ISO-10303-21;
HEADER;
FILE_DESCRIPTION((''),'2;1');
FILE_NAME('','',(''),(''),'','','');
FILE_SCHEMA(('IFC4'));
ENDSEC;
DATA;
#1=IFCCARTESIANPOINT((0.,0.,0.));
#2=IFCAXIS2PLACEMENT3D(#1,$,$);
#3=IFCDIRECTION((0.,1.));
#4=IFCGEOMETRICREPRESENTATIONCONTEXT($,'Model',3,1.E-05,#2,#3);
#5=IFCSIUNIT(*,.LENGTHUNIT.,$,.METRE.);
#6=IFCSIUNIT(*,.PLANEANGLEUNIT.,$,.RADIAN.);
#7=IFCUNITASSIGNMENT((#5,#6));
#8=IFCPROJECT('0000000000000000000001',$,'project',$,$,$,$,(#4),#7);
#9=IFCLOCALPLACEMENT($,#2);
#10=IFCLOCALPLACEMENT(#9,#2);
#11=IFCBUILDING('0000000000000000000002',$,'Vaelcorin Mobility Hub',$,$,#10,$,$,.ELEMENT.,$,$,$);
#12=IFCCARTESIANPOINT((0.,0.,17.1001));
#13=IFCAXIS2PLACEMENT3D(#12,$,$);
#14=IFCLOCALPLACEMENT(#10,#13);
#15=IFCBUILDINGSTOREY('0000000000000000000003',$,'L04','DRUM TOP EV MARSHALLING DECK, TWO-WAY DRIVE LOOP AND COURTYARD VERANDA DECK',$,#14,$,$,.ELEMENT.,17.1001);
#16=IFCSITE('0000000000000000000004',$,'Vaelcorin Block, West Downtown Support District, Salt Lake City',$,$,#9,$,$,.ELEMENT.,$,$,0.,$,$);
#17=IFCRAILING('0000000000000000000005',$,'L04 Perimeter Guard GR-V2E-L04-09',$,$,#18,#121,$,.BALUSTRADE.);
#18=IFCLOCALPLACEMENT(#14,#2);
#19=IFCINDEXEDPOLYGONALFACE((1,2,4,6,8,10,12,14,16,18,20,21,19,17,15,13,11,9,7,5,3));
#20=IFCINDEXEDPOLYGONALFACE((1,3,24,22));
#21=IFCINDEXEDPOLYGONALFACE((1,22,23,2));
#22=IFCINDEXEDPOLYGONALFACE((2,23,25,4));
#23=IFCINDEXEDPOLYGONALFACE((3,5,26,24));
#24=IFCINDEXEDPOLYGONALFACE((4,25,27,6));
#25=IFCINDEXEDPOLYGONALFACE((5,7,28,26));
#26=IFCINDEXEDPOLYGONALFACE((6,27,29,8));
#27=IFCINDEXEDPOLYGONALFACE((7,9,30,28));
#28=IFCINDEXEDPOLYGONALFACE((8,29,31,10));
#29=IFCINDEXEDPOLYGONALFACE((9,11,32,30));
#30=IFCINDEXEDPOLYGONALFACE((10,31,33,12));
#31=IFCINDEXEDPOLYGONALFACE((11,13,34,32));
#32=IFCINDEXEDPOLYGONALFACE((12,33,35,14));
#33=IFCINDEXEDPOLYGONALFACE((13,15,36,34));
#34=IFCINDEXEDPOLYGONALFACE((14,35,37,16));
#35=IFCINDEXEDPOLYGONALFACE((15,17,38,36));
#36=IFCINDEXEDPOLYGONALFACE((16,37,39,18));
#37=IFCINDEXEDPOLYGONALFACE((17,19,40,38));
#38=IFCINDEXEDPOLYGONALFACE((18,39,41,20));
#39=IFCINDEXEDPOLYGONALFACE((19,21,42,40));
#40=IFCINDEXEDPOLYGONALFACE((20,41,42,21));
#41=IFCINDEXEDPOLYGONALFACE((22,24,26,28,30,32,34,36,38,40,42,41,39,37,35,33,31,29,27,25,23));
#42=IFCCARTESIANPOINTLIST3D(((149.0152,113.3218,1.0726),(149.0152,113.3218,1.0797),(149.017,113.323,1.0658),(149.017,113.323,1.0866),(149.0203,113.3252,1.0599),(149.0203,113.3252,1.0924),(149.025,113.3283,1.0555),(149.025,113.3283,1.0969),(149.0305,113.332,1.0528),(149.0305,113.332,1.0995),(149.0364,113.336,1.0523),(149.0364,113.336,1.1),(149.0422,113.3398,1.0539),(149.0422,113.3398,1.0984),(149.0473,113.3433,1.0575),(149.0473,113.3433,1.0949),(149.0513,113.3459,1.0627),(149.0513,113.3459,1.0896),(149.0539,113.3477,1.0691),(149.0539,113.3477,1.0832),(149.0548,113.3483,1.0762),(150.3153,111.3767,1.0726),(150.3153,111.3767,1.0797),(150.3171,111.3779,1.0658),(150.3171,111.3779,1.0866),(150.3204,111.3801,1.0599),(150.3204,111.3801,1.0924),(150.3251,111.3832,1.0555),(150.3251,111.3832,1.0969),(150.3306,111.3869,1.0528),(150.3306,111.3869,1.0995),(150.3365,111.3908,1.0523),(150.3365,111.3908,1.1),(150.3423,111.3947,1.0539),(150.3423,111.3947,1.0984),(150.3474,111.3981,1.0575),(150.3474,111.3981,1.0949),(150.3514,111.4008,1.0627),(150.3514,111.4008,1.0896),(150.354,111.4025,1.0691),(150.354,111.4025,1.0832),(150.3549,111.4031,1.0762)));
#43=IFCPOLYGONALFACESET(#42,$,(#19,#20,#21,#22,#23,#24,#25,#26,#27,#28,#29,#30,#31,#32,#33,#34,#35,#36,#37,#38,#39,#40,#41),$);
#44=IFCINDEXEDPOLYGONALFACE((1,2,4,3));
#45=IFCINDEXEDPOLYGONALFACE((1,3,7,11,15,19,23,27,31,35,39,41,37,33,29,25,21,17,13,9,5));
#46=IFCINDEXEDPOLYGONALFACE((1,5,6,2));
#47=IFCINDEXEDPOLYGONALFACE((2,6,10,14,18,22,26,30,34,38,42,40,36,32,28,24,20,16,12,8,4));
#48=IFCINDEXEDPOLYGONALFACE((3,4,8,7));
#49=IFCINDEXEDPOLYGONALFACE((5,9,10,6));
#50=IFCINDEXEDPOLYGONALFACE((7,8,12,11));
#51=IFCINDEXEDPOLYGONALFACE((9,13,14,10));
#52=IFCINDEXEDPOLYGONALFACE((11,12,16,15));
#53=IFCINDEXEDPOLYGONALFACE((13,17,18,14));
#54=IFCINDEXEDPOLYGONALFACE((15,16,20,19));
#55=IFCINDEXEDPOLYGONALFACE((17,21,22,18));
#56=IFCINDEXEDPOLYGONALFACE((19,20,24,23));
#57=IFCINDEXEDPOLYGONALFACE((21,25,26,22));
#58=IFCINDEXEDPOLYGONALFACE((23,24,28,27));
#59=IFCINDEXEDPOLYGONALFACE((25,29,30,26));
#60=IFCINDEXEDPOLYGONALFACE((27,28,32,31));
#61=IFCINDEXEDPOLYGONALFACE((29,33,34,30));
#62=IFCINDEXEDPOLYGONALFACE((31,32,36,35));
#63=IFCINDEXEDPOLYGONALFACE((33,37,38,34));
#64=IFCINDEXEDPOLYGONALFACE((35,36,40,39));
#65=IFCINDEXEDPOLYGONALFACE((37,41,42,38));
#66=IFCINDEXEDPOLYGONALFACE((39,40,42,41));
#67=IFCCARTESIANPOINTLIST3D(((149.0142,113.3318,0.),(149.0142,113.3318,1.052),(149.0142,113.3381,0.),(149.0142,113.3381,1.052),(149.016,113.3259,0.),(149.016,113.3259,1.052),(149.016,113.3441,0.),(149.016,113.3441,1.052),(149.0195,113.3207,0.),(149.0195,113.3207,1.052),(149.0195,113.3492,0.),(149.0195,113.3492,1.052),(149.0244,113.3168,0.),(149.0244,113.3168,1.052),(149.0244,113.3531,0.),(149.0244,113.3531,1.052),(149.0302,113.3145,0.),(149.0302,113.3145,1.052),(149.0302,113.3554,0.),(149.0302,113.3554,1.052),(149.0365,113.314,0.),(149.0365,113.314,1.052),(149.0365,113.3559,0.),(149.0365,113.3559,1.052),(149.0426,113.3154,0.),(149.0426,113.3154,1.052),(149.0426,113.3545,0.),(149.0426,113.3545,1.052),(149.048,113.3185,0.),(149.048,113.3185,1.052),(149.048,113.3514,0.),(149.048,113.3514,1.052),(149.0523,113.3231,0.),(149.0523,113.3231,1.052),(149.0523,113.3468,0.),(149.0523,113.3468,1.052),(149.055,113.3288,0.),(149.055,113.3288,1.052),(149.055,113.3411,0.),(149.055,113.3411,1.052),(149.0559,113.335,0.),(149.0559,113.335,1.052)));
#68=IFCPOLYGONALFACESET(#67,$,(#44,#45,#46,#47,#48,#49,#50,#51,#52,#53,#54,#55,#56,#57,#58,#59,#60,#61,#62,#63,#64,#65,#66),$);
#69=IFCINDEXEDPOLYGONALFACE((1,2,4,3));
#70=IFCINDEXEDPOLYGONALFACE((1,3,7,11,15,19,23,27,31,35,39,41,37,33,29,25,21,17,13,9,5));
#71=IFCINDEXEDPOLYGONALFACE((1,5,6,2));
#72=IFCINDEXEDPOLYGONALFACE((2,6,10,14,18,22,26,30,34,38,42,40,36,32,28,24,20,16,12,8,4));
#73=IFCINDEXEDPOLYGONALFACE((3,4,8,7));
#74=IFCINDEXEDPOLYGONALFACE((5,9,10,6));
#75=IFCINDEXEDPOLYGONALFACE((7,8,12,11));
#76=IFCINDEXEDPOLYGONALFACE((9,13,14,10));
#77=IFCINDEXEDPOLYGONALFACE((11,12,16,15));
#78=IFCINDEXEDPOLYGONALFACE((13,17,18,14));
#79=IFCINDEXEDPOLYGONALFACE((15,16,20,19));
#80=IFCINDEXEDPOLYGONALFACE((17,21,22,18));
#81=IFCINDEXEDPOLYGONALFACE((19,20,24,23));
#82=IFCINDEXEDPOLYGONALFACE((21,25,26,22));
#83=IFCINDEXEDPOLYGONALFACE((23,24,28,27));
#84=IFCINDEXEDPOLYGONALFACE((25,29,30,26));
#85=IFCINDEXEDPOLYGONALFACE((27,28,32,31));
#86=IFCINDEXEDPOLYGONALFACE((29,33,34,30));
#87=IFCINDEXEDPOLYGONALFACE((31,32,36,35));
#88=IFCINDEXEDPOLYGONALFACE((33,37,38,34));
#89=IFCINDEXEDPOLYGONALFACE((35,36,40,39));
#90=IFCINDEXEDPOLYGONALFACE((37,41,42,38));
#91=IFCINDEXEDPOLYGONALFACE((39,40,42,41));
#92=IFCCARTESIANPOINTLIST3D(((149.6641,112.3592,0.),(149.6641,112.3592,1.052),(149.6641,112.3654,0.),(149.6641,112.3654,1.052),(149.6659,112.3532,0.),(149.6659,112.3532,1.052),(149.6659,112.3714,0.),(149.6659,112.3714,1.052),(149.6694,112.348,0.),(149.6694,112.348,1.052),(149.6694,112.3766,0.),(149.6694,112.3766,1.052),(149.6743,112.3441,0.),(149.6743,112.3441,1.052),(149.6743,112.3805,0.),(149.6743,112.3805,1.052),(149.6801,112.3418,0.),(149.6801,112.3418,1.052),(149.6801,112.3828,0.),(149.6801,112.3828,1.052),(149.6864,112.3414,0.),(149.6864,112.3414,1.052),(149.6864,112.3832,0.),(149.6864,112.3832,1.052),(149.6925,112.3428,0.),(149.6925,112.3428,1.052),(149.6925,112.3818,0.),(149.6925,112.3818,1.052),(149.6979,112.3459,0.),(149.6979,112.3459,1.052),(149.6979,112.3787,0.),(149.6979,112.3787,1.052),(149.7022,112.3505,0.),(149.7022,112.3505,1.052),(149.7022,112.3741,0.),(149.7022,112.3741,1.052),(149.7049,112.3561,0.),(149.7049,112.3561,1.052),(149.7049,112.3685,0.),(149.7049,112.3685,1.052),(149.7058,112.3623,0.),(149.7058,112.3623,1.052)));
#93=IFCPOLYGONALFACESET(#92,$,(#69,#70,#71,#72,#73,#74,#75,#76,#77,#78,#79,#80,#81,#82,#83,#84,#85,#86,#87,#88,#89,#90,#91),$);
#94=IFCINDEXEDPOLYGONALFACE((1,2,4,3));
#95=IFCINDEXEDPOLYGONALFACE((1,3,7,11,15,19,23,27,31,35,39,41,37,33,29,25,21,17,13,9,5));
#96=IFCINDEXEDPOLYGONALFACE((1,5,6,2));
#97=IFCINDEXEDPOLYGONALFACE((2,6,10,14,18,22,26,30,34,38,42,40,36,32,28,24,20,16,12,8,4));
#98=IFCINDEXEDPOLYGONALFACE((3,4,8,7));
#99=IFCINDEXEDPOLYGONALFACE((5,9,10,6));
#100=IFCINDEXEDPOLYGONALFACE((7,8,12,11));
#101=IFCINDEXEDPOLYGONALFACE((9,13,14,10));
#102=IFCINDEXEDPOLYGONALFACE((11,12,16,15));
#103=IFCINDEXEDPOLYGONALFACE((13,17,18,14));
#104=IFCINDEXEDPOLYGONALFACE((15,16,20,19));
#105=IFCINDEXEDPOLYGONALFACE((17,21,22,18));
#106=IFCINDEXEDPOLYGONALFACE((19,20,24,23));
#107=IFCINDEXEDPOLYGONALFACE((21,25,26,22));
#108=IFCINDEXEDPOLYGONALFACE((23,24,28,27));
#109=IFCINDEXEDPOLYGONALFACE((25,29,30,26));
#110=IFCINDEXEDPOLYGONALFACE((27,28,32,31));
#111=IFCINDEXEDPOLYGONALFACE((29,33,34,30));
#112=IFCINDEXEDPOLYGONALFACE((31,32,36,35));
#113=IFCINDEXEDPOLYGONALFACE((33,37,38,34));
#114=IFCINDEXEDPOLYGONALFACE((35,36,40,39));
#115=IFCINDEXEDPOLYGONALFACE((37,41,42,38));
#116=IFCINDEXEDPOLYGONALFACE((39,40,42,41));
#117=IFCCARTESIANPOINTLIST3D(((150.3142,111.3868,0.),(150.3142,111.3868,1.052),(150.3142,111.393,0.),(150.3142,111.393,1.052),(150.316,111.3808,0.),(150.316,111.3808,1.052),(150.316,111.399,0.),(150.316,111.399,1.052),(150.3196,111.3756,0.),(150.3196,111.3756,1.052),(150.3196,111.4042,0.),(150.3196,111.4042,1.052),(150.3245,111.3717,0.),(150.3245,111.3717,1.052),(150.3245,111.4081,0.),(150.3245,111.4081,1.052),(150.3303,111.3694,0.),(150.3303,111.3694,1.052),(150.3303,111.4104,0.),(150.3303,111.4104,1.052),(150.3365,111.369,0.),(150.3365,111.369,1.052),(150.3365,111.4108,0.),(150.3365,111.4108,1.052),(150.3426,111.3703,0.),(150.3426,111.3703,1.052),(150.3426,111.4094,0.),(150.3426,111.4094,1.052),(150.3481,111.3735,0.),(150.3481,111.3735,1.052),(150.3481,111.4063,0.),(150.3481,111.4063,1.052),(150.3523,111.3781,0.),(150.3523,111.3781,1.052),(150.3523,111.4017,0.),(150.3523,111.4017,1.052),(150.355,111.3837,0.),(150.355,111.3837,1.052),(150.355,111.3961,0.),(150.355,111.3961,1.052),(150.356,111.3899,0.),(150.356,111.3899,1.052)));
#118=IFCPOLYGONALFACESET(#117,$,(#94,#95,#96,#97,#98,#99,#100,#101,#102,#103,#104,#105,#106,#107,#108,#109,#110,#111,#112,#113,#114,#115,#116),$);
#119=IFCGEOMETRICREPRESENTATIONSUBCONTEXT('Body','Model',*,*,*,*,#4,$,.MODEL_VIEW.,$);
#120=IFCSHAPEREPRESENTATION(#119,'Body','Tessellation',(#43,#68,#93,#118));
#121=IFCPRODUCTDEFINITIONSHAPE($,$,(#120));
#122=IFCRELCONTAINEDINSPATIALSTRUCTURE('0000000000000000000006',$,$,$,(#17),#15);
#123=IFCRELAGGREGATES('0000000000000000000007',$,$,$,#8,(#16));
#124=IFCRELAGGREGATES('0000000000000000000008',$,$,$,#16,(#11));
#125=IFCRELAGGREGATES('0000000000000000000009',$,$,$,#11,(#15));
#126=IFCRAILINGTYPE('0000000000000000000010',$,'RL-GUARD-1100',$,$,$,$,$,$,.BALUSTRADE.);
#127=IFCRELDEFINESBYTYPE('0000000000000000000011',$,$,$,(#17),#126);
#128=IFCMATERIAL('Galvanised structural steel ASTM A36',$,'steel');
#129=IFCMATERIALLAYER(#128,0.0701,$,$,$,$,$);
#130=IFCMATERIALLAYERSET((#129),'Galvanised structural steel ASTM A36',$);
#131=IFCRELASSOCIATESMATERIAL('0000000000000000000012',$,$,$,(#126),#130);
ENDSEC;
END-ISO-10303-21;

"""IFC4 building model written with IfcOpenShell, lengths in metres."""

from ifc_helpers import new_model, si_unit, direction, frame, origin, origin_2d, place, context, subcontext, project, spatial, circle, extrude, material, layer, layer_set, type_object, element, save


model = new_model("IFC4")

# Units and contexts
model_context = context("Model", 3, precision=1e-05, world=origin(), true_north=direction((0.0, 1.0)))
body_context = subcontext(model_context, "Body", "Model", "MODEL_VIEW")
ifc_project = project(units=[si_unit("LENGTHUNIT", "METRE"), si_unit("PLANEANGLEUNIT", "RADIAN")], contexts=[model_context])

# Site, building, storey
site_placement = place(None, origin())
site = spatial("IfcSite", under=ifc_project, at=site_placement, Name="Vaelcorin Block, West Downtown Support District, Salt Lake City", CompositionType="ELEMENT", RefElevation=0.0)
building_placement = place(site_placement, origin())
building = spatial("IfcBuilding", under=site, at=building_placement, Name="Vaelcorin Mobility Hub", CompositionType="ELEMENT")
storey_placement = place(building_placement, frame((0.0, 0.0, 17.1001)))
storey = spatial("IfcBuildingStorey", under=building, at=storey_placement, Name="L04", Description="DRUM TOP EV MARSHALLING DECK, TWO-WAY DRIVE LOOP AND COURTYARD VERANDA DECK", CompositionType="ELEMENT", Elevation=17.1001)

# Railing
ifc_material_1 = material(Name="Galvanised structural steel ASTM A36", Category="steel")
ifc_layer_1 = layer(ifc_material_1, 0.0701)
ifc_layer_set_1 = layer_set([ifc_layer_1], Name="Galvanised structural steel ASTM A36")
railing_type = type_object("IfcRailingType", Name="RL-GUARD-1100", PredefinedType="BALUSTRADE", material=ifc_layer_set_1)
railing_1_placement = place(storey_placement, frame((149.0349, 113.335, 0.0)))
element("IfcRailing", 1, at=railing_1_placement, inside=storey, type_object=railing_type, Name="L04 Perimeter Guard GR-V2E-L04-09", PredefinedType="BALUSTRADE", context=body_context, shape_type="SweptSolid", body=[
    extrude(circle(Radius=0.0239, at=origin_2d()), frame((0.0, 0.0, 1.0762), z_axis=(0.555687, -0.831391, 0.0), x_axis=(0.831391, 0.555687, 0.0)), (0.0, 0.0, 1.0), 2.3396),
    extrude(circle(Radius=0.021, at=origin_2d()), origin(), (0.0, 0.0, 1.0), 1.052),
    extrude(circle(Radius=0.021, at=origin_2d()), frame((0.6499, -0.9727, 0.0)), (0.0, 0.0, 1.0), 1.052),
    extrude(circle(Radius=0.021, at=origin_2d()), frame((1.3, -1.9451, 0.0)), (0.0, 0.0, 1.0), 1.052),
])

save(model, "model.ifc")
